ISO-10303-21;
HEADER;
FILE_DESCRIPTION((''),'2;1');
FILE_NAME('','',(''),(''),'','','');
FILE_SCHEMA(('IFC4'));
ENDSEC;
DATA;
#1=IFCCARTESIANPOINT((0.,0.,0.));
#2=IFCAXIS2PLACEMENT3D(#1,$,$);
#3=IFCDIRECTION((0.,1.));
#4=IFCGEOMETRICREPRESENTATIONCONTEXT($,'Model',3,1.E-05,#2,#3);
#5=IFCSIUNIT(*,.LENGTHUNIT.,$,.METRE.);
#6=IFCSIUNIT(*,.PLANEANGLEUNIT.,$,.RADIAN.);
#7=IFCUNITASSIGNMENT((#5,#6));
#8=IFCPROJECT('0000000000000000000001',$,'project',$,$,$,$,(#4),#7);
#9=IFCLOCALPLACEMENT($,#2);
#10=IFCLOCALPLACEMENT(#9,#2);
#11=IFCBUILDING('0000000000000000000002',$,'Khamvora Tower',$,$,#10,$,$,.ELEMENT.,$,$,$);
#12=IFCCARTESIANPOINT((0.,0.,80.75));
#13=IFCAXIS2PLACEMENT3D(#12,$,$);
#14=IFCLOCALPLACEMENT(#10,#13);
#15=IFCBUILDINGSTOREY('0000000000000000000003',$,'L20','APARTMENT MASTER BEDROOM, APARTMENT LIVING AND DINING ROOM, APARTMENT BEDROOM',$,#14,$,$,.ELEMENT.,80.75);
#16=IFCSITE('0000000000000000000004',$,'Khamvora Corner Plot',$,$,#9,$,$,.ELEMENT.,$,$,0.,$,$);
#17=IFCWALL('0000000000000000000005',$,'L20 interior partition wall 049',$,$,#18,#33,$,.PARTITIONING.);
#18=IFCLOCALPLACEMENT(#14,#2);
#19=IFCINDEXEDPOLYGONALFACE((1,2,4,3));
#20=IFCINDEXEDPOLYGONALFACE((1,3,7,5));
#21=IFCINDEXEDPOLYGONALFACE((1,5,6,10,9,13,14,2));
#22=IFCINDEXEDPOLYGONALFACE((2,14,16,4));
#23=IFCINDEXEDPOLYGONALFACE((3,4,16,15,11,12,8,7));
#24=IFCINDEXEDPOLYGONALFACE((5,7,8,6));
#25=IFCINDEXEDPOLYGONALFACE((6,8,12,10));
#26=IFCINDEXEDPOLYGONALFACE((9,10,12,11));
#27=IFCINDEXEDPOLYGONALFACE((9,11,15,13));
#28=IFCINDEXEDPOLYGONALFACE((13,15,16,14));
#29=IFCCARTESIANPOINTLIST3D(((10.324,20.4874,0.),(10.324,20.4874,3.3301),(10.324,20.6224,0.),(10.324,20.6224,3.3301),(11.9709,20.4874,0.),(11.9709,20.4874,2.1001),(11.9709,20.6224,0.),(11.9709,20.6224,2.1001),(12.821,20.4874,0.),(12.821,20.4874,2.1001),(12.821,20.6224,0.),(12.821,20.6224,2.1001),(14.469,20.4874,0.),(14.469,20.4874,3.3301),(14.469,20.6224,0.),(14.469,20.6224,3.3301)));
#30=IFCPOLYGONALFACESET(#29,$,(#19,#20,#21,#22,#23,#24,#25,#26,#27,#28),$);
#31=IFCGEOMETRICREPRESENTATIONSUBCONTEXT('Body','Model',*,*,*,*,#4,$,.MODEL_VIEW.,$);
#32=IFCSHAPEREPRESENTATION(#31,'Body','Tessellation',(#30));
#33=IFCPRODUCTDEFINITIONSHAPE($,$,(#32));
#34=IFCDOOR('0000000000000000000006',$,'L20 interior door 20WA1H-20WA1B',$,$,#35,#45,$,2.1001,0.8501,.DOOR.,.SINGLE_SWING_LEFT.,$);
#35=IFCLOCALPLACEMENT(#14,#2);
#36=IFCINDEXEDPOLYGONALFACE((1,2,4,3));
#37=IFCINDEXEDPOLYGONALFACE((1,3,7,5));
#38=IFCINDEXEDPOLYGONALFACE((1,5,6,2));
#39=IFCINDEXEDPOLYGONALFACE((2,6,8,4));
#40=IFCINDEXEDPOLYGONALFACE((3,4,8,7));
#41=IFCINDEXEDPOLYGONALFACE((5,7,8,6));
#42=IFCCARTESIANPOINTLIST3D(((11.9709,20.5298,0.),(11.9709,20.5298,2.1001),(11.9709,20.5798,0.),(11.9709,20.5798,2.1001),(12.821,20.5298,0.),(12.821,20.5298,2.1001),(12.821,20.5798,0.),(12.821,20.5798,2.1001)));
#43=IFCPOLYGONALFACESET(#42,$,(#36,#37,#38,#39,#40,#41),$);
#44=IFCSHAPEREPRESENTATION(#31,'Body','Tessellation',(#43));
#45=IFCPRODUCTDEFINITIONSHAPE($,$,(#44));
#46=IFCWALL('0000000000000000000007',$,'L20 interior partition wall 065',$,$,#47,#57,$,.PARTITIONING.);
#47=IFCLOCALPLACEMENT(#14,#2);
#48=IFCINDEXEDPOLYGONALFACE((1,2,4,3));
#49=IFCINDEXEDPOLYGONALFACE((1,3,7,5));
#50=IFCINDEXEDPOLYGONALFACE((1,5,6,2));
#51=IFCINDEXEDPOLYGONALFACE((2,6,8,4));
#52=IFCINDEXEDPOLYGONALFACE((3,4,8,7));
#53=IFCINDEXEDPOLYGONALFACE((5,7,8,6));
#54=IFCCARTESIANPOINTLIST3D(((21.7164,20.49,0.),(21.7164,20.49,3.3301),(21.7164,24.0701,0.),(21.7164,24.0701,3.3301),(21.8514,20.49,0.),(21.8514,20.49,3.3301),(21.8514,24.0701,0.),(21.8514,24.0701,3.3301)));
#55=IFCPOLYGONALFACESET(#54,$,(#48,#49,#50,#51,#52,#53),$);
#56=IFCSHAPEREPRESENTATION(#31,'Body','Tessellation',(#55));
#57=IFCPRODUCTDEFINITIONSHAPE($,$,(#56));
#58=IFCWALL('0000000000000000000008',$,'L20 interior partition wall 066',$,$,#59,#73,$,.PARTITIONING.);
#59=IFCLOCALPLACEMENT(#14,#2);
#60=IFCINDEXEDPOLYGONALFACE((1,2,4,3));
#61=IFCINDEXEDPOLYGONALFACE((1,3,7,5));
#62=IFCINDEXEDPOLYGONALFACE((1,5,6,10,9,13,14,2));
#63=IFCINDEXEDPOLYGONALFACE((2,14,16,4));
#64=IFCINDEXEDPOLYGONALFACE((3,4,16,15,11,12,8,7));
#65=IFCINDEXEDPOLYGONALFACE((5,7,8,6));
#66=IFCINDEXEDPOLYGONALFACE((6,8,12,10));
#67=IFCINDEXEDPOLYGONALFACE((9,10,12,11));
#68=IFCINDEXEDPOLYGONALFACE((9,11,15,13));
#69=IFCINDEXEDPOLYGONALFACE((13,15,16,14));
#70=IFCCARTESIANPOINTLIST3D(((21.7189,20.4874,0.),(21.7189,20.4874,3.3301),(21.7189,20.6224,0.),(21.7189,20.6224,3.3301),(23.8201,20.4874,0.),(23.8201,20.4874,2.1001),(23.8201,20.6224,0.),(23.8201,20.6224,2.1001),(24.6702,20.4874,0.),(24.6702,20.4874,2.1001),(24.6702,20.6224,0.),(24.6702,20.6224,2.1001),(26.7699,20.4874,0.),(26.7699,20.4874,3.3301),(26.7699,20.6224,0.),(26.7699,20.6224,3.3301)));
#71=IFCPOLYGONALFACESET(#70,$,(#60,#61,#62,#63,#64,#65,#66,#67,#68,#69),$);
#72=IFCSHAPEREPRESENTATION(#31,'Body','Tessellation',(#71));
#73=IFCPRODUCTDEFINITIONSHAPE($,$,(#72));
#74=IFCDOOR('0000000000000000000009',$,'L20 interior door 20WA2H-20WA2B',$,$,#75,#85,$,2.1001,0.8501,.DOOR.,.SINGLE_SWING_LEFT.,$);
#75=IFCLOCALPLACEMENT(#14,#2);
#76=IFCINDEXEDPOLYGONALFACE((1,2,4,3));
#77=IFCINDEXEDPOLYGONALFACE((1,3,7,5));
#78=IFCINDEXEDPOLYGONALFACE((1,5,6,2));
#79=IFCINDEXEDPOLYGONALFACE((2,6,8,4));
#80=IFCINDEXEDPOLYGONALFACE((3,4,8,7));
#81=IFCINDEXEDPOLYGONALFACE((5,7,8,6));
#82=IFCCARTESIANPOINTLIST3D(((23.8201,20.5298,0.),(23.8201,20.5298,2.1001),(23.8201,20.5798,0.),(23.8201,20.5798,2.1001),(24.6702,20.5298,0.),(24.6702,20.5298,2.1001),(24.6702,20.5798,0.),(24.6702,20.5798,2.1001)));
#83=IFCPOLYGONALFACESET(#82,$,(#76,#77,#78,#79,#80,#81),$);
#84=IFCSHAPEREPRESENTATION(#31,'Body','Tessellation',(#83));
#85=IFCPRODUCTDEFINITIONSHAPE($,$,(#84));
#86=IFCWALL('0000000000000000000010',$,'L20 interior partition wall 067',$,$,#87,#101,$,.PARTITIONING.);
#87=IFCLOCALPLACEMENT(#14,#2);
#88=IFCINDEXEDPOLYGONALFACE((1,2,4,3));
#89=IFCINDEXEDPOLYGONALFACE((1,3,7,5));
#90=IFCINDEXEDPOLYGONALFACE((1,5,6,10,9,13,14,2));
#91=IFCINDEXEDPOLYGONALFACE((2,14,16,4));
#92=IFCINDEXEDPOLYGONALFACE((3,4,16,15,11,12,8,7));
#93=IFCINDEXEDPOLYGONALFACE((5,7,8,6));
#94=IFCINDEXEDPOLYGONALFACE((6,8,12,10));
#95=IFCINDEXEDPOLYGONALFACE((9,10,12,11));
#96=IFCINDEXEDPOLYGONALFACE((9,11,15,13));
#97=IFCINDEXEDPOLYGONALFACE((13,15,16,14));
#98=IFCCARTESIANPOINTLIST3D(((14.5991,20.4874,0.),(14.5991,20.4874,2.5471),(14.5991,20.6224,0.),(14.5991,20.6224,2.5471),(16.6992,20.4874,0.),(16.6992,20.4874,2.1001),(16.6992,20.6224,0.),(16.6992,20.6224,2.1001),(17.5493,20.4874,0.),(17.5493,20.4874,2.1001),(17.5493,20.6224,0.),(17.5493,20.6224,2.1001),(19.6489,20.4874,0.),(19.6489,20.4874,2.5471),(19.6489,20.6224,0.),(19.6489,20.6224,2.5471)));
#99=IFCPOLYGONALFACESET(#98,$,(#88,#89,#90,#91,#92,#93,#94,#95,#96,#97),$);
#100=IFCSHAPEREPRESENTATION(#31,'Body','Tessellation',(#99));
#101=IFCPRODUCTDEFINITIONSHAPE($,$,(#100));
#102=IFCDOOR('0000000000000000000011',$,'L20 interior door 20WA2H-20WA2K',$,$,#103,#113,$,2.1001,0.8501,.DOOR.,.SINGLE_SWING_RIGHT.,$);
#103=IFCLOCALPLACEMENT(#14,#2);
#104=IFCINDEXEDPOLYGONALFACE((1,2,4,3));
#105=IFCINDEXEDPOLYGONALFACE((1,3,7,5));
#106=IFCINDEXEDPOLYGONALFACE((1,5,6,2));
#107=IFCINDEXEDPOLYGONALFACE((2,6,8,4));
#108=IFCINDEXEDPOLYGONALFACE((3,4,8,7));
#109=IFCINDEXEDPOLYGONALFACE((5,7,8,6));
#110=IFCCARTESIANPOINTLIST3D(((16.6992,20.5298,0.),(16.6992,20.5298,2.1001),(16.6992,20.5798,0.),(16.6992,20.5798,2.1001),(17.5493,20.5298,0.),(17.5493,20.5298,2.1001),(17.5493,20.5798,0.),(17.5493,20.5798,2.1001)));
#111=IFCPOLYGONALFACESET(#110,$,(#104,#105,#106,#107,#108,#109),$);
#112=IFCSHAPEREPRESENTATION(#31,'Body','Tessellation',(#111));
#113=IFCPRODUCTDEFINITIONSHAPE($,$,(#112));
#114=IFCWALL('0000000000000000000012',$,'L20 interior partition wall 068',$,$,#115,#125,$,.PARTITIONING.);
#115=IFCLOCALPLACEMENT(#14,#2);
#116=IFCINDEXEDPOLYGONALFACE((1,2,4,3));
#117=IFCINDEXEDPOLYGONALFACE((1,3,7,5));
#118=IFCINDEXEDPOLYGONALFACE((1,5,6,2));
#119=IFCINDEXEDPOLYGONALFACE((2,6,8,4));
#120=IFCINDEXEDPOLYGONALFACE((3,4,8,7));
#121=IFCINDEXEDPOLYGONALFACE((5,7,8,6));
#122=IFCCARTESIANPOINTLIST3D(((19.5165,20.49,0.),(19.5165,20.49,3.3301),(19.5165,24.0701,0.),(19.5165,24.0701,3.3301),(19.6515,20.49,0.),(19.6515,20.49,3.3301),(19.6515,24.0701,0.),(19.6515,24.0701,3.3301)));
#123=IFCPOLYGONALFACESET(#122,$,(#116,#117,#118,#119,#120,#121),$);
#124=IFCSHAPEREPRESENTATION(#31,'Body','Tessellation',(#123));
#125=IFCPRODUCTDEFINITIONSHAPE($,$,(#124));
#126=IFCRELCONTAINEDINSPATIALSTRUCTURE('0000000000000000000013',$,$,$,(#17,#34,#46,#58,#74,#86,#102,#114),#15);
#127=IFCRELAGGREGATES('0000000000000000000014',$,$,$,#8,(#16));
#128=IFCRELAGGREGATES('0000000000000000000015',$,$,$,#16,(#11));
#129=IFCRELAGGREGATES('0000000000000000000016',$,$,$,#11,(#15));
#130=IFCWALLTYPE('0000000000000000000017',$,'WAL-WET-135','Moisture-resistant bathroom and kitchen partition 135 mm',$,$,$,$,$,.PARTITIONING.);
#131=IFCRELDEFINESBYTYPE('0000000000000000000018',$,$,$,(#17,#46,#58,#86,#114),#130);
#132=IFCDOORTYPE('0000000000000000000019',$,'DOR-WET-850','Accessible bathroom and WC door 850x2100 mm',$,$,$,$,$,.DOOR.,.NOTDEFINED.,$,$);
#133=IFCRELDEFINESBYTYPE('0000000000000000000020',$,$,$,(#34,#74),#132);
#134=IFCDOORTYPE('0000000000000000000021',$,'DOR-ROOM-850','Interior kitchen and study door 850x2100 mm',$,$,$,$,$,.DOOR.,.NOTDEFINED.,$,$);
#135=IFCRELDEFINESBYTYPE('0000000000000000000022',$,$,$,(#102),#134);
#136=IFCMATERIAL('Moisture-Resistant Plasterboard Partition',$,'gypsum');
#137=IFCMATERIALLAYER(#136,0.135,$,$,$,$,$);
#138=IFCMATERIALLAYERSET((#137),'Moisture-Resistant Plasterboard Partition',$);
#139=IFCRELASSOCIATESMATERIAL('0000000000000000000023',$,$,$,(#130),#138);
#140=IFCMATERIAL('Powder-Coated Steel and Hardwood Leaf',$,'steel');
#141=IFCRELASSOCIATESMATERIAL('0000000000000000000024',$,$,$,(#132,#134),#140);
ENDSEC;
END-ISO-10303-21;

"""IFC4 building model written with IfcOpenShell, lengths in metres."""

from ifc_helpers import new_model, si_unit, direction, frame, frame_2d, origin, place, context, subcontext, project, spatial, rectangle, extrude, material, layer, layer_set, type_object, element, fill, save


model = new_model("IFC4")

# Units and contexts
model_context = context("Model", 3, precision=1e-05, world=origin(), true_north=direction((0.0, 1.0)))
body_context = subcontext(model_context, "Body", "Model", "MODEL_VIEW")
ifc_project = project(units=[si_unit("LENGTHUNIT", "METRE"), si_unit("PLANEANGLEUNIT", "RADIAN")], contexts=[model_context])

# Site, building, storey
site_placement = place(None, origin())
site = spatial("IfcSite", under=ifc_project, at=site_placement, Name="Khamvora Corner Plot", CompositionType="ELEMENT", RefElevation=0.0)
building_placement = place(site_placement, origin())
building = spatial("IfcBuilding", under=site, at=building_placement, Name="Khamvora Tower", CompositionType="ELEMENT")
storey_placement = place(building_placement, frame((0.0, 0.0, 80.75)))
storey = spatial("IfcBuildingStorey", under=building, at=storey_placement, Name="L20", Description="APARTMENT MASTER BEDROOM, APARTMENT LIVING AND DINING ROOM, APARTMENT BEDROOM", CompositionType="ELEMENT", Elevation=80.75)

# Shared definitions
ifc_material_1 = material(Name="Powder-Coated Steel and Hardwood Leaf", Category="steel")

# Shared definitions
ifc_material_2 = material(Name="Moisture-Resistant Plasterboard Partition", Category="gypsum")
ifc_layer_1 = layer(ifc_material_2, 0.135)
ifc_layer_set_1 = layer_set([ifc_layer_1], Name="Moisture-Resistant Plasterboard Partition")
wall_type_1 = type_object("IfcWallType", Name="WAL-WET-135", Description="Moisture-resistant bathroom and kitchen partition 135 mm", PredefinedType="PARTITIONING", material=ifc_layer_set_1)

# Wall, opening, door
wall_1_placement = place(storey_placement, frame((10.324, 20.5549, 0.0), z_axis=(0.0, 0.0, 1.0), x_axis=(1.0, 0.0, 0.0)))
wall_1 = element("IfcWall", 1, at=wall_1_placement, inside=storey, type_object=wall_type_1, Name="L20 interior partition wall 049", PredefinedType="PARTITIONING", context=body_context, shape_type="SweptSolid", body=[
    extrude(rectangle(XDim=4.145, YDim=0.135, at=frame_2d((2.0725, 0.0))), origin(), (0.0, 0.0, 1.0), 3.3301),
])
opening_1_placement = place(wall_1_placement, frame((1.647, 0.0, 0.0)))
opening_1 = element("IfcOpeningElement", 2, at=opening_1_placement, cuts=wall_1, PredefinedType="OPENING", context=body_context, shape_type="SweptSolid", body=[
    extrude(rectangle(XDim=0.8501, YDim=2.1001, at=frame_2d((0.425, 1.05))), frame((0.0, 0.0774, 0.0), z_axis=(0.0, -1.0, 0.0), x_axis=(1.0, 0.0, 0.0)), (0.0, 0.0, 1.0), 0.155),
])
door_type_1 = type_object("IfcDoorType", Name="DOR-WET-850", Description="Accessible bathroom and WC door 850x2100 mm", OperationType="NOTDEFINED", PredefinedType="DOOR", material=ifc_material_1)
door_1_placement = place(opening_1_placement, origin())
door_1 = element("IfcDoor", 3, at=door_1_placement, inside=storey, type_object=door_type_1, Name="L20 interior door 20WA1H-20WA1B", OperationType="SINGLE_SWING_LEFT", OverallHeight=2.1001, OverallWidth=0.8501, PredefinedType="DOOR", context=body_context, shape_type="SweptSolid", body=[
    extrude(rectangle(XDim=0.8501, YDim=2.1001, at=frame_2d((0.425, 1.05))), frame((0.0, 0.0249, 0.0), z_axis=(0.0, -1.0, 0.0), x_axis=(1.0, 0.0, 0.0)), (0.0, 0.0, 1.0), 0.05),
])
fill(opening_1, door_1)

# Wall
wall_2_placement = place(storey_placement, frame((21.7839, 24.0701, 0.0), z_axis=(0.0, 0.0, 1.0), x_axis=(0.0, -1.0, 0.0)))
element("IfcWall", 4, at=wall_2_placement, inside=storey, type_object=wall_type_1, Name="L20 interior partition wall 065", PredefinedType="PARTITIONING", context=body_context, shape_type="SweptSolid", body=[
    extrude(rectangle(XDim=3.5801, YDim=0.135, at=frame_2d((1.79, 0.0))), origin(), (0.0, 0.0, 1.0), 3.3301),
])

# Walls, openings, doors
wall_3_placement = place(storey_placement, frame((21.719, 20.5549, 0.0), z_axis=(0.0, 0.0, 1.0), x_axis=(1.0, 0.0, 0.0)))
wall_3 = element("IfcWall", 5, at=wall_3_placement, inside=storey, type_object=wall_type_1, Name="L20 interior partition wall 066", PredefinedType="PARTITIONING", context=body_context, shape_type="SweptSolid", body=[
    extrude(rectangle(XDim=5.051, YDim=0.135, at=frame_2d((2.5254, 0.0))), origin(), (0.0, 0.0, 1.0), 3.3301),
])
opening_2_placement = place(wall_3_placement, frame((2.1011, 0.0, 0.0)))
opening_2 = element("IfcOpeningElement", 6, at=opening_2_placement, cuts=wall_3, PredefinedType="OPENING", context=body_context, shape_type="SweptSolid", body=[
    extrude(rectangle(XDim=0.8501, YDim=2.1001, at=frame_2d((0.425, 1.05))), frame((0.0, 0.0774, 0.0), z_axis=(0.0, -1.0, 0.0), x_axis=(1.0, 0.0, 0.0)), (0.0, 0.0, 1.0), 0.155),
])
door_2_placement = place(opening_2_placement, origin())
door_2 = element("IfcDoor", 7, at=door_2_placement, inside=storey, type_object=door_type_1, Name="L20 interior door 20WA2H-20WA2B", OperationType="SINGLE_SWING_LEFT", OverallHeight=2.1001, OverallWidth=0.8501, PredefinedType="DOOR", context=body_context, shape_type="SweptSolid", body=[
    extrude(rectangle(XDim=0.8501, YDim=2.1001, at=frame_2d((0.425, 1.05))), frame((0.0, 0.0249, 0.0), z_axis=(0.0, -1.0, 0.0), x_axis=(1.0, 0.0, 0.0)), (0.0, 0.0, 1.0), 0.05),
])
fill(opening_2, door_2)
wall_4_placement = place(storey_placement, frame((14.5991, 20.5549, 0.0), z_axis=(0.0, 0.0, 1.0), x_axis=(1.0, 0.0, 0.0)))
wall_4 = element("IfcWall", 8, at=wall_4_placement, inside=storey, type_object=wall_type_1, Name="L20 interior partition wall 067", PredefinedType="PARTITIONING", context=body_context, shape_type="SweptSolid", body=[
    extrude(rectangle(XDim=5.0498, YDim=0.135, at=frame_2d((2.5249, 0.0))), origin(), (0.0, 0.0, 1.0), 2.5471),
])
opening_3_placement = place(wall_4_placement, frame((2.1001, 0.0, 0.0)))
opening_3 = element("IfcOpeningElement", 9, at=opening_3_placement, cuts=wall_4, PredefinedType="OPENING", context=body_context, shape_type="SweptSolid", body=[
    extrude(rectangle(XDim=0.8501, YDim=2.1001, at=frame_2d((0.425, 1.05))), frame((0.0, 0.0774, 0.0), z_axis=(0.0, -1.0, 0.0), x_axis=(1.0, 0.0, 0.0)), (0.0, 0.0, 1.0), 0.155),
])
door_type_2 = type_object("IfcDoorType", Name="DOR-ROOM-850", Description="Interior kitchen and study door 850x2100 mm", OperationType="NOTDEFINED", PredefinedType="DOOR", material=ifc_material_1)
door_3_placement = place(opening_3_placement, origin())
door_3 = element("IfcDoor", 10, at=door_3_placement, inside=storey, type_object=door_type_2, Name="L20 interior door 20WA2H-20WA2K", OperationType="SINGLE_SWING_RIGHT", OverallHeight=2.1001, OverallWidth=0.8501, PredefinedType="DOOR", context=body_context, shape_type="SweptSolid", body=[
    extrude(rectangle(XDim=0.8501, YDim=2.1001, at=frame_2d((0.425, 1.05))), frame((0.0, 0.0249, 0.0), z_axis=(0.0, -1.0, 0.0), x_axis=(1.0, 0.0, 0.0)), (0.0, 0.0, 1.0), 0.05),
])
fill(opening_3, door_3)

# Wall
wall_5_placement = place(storey_placement, frame((19.584, 20.49, 0.0), z_axis=(0.0, 0.0, 1.0), x_axis=(0.0, 1.0, 0.0)))
element("IfcWall", 11, at=wall_5_placement, inside=storey, type_object=wall_type_1, Name="L20 interior partition wall 068", PredefinedType="PARTITIONING", context=body_context, shape_type="SweptSolid", body=[
    extrude(rectangle(XDim=3.5801, YDim=0.135, at=frame_2d((1.79, 0.0))), origin(), (0.0, 0.0, 1.0), 3.3301),
])

save(model, "model.ifc")
